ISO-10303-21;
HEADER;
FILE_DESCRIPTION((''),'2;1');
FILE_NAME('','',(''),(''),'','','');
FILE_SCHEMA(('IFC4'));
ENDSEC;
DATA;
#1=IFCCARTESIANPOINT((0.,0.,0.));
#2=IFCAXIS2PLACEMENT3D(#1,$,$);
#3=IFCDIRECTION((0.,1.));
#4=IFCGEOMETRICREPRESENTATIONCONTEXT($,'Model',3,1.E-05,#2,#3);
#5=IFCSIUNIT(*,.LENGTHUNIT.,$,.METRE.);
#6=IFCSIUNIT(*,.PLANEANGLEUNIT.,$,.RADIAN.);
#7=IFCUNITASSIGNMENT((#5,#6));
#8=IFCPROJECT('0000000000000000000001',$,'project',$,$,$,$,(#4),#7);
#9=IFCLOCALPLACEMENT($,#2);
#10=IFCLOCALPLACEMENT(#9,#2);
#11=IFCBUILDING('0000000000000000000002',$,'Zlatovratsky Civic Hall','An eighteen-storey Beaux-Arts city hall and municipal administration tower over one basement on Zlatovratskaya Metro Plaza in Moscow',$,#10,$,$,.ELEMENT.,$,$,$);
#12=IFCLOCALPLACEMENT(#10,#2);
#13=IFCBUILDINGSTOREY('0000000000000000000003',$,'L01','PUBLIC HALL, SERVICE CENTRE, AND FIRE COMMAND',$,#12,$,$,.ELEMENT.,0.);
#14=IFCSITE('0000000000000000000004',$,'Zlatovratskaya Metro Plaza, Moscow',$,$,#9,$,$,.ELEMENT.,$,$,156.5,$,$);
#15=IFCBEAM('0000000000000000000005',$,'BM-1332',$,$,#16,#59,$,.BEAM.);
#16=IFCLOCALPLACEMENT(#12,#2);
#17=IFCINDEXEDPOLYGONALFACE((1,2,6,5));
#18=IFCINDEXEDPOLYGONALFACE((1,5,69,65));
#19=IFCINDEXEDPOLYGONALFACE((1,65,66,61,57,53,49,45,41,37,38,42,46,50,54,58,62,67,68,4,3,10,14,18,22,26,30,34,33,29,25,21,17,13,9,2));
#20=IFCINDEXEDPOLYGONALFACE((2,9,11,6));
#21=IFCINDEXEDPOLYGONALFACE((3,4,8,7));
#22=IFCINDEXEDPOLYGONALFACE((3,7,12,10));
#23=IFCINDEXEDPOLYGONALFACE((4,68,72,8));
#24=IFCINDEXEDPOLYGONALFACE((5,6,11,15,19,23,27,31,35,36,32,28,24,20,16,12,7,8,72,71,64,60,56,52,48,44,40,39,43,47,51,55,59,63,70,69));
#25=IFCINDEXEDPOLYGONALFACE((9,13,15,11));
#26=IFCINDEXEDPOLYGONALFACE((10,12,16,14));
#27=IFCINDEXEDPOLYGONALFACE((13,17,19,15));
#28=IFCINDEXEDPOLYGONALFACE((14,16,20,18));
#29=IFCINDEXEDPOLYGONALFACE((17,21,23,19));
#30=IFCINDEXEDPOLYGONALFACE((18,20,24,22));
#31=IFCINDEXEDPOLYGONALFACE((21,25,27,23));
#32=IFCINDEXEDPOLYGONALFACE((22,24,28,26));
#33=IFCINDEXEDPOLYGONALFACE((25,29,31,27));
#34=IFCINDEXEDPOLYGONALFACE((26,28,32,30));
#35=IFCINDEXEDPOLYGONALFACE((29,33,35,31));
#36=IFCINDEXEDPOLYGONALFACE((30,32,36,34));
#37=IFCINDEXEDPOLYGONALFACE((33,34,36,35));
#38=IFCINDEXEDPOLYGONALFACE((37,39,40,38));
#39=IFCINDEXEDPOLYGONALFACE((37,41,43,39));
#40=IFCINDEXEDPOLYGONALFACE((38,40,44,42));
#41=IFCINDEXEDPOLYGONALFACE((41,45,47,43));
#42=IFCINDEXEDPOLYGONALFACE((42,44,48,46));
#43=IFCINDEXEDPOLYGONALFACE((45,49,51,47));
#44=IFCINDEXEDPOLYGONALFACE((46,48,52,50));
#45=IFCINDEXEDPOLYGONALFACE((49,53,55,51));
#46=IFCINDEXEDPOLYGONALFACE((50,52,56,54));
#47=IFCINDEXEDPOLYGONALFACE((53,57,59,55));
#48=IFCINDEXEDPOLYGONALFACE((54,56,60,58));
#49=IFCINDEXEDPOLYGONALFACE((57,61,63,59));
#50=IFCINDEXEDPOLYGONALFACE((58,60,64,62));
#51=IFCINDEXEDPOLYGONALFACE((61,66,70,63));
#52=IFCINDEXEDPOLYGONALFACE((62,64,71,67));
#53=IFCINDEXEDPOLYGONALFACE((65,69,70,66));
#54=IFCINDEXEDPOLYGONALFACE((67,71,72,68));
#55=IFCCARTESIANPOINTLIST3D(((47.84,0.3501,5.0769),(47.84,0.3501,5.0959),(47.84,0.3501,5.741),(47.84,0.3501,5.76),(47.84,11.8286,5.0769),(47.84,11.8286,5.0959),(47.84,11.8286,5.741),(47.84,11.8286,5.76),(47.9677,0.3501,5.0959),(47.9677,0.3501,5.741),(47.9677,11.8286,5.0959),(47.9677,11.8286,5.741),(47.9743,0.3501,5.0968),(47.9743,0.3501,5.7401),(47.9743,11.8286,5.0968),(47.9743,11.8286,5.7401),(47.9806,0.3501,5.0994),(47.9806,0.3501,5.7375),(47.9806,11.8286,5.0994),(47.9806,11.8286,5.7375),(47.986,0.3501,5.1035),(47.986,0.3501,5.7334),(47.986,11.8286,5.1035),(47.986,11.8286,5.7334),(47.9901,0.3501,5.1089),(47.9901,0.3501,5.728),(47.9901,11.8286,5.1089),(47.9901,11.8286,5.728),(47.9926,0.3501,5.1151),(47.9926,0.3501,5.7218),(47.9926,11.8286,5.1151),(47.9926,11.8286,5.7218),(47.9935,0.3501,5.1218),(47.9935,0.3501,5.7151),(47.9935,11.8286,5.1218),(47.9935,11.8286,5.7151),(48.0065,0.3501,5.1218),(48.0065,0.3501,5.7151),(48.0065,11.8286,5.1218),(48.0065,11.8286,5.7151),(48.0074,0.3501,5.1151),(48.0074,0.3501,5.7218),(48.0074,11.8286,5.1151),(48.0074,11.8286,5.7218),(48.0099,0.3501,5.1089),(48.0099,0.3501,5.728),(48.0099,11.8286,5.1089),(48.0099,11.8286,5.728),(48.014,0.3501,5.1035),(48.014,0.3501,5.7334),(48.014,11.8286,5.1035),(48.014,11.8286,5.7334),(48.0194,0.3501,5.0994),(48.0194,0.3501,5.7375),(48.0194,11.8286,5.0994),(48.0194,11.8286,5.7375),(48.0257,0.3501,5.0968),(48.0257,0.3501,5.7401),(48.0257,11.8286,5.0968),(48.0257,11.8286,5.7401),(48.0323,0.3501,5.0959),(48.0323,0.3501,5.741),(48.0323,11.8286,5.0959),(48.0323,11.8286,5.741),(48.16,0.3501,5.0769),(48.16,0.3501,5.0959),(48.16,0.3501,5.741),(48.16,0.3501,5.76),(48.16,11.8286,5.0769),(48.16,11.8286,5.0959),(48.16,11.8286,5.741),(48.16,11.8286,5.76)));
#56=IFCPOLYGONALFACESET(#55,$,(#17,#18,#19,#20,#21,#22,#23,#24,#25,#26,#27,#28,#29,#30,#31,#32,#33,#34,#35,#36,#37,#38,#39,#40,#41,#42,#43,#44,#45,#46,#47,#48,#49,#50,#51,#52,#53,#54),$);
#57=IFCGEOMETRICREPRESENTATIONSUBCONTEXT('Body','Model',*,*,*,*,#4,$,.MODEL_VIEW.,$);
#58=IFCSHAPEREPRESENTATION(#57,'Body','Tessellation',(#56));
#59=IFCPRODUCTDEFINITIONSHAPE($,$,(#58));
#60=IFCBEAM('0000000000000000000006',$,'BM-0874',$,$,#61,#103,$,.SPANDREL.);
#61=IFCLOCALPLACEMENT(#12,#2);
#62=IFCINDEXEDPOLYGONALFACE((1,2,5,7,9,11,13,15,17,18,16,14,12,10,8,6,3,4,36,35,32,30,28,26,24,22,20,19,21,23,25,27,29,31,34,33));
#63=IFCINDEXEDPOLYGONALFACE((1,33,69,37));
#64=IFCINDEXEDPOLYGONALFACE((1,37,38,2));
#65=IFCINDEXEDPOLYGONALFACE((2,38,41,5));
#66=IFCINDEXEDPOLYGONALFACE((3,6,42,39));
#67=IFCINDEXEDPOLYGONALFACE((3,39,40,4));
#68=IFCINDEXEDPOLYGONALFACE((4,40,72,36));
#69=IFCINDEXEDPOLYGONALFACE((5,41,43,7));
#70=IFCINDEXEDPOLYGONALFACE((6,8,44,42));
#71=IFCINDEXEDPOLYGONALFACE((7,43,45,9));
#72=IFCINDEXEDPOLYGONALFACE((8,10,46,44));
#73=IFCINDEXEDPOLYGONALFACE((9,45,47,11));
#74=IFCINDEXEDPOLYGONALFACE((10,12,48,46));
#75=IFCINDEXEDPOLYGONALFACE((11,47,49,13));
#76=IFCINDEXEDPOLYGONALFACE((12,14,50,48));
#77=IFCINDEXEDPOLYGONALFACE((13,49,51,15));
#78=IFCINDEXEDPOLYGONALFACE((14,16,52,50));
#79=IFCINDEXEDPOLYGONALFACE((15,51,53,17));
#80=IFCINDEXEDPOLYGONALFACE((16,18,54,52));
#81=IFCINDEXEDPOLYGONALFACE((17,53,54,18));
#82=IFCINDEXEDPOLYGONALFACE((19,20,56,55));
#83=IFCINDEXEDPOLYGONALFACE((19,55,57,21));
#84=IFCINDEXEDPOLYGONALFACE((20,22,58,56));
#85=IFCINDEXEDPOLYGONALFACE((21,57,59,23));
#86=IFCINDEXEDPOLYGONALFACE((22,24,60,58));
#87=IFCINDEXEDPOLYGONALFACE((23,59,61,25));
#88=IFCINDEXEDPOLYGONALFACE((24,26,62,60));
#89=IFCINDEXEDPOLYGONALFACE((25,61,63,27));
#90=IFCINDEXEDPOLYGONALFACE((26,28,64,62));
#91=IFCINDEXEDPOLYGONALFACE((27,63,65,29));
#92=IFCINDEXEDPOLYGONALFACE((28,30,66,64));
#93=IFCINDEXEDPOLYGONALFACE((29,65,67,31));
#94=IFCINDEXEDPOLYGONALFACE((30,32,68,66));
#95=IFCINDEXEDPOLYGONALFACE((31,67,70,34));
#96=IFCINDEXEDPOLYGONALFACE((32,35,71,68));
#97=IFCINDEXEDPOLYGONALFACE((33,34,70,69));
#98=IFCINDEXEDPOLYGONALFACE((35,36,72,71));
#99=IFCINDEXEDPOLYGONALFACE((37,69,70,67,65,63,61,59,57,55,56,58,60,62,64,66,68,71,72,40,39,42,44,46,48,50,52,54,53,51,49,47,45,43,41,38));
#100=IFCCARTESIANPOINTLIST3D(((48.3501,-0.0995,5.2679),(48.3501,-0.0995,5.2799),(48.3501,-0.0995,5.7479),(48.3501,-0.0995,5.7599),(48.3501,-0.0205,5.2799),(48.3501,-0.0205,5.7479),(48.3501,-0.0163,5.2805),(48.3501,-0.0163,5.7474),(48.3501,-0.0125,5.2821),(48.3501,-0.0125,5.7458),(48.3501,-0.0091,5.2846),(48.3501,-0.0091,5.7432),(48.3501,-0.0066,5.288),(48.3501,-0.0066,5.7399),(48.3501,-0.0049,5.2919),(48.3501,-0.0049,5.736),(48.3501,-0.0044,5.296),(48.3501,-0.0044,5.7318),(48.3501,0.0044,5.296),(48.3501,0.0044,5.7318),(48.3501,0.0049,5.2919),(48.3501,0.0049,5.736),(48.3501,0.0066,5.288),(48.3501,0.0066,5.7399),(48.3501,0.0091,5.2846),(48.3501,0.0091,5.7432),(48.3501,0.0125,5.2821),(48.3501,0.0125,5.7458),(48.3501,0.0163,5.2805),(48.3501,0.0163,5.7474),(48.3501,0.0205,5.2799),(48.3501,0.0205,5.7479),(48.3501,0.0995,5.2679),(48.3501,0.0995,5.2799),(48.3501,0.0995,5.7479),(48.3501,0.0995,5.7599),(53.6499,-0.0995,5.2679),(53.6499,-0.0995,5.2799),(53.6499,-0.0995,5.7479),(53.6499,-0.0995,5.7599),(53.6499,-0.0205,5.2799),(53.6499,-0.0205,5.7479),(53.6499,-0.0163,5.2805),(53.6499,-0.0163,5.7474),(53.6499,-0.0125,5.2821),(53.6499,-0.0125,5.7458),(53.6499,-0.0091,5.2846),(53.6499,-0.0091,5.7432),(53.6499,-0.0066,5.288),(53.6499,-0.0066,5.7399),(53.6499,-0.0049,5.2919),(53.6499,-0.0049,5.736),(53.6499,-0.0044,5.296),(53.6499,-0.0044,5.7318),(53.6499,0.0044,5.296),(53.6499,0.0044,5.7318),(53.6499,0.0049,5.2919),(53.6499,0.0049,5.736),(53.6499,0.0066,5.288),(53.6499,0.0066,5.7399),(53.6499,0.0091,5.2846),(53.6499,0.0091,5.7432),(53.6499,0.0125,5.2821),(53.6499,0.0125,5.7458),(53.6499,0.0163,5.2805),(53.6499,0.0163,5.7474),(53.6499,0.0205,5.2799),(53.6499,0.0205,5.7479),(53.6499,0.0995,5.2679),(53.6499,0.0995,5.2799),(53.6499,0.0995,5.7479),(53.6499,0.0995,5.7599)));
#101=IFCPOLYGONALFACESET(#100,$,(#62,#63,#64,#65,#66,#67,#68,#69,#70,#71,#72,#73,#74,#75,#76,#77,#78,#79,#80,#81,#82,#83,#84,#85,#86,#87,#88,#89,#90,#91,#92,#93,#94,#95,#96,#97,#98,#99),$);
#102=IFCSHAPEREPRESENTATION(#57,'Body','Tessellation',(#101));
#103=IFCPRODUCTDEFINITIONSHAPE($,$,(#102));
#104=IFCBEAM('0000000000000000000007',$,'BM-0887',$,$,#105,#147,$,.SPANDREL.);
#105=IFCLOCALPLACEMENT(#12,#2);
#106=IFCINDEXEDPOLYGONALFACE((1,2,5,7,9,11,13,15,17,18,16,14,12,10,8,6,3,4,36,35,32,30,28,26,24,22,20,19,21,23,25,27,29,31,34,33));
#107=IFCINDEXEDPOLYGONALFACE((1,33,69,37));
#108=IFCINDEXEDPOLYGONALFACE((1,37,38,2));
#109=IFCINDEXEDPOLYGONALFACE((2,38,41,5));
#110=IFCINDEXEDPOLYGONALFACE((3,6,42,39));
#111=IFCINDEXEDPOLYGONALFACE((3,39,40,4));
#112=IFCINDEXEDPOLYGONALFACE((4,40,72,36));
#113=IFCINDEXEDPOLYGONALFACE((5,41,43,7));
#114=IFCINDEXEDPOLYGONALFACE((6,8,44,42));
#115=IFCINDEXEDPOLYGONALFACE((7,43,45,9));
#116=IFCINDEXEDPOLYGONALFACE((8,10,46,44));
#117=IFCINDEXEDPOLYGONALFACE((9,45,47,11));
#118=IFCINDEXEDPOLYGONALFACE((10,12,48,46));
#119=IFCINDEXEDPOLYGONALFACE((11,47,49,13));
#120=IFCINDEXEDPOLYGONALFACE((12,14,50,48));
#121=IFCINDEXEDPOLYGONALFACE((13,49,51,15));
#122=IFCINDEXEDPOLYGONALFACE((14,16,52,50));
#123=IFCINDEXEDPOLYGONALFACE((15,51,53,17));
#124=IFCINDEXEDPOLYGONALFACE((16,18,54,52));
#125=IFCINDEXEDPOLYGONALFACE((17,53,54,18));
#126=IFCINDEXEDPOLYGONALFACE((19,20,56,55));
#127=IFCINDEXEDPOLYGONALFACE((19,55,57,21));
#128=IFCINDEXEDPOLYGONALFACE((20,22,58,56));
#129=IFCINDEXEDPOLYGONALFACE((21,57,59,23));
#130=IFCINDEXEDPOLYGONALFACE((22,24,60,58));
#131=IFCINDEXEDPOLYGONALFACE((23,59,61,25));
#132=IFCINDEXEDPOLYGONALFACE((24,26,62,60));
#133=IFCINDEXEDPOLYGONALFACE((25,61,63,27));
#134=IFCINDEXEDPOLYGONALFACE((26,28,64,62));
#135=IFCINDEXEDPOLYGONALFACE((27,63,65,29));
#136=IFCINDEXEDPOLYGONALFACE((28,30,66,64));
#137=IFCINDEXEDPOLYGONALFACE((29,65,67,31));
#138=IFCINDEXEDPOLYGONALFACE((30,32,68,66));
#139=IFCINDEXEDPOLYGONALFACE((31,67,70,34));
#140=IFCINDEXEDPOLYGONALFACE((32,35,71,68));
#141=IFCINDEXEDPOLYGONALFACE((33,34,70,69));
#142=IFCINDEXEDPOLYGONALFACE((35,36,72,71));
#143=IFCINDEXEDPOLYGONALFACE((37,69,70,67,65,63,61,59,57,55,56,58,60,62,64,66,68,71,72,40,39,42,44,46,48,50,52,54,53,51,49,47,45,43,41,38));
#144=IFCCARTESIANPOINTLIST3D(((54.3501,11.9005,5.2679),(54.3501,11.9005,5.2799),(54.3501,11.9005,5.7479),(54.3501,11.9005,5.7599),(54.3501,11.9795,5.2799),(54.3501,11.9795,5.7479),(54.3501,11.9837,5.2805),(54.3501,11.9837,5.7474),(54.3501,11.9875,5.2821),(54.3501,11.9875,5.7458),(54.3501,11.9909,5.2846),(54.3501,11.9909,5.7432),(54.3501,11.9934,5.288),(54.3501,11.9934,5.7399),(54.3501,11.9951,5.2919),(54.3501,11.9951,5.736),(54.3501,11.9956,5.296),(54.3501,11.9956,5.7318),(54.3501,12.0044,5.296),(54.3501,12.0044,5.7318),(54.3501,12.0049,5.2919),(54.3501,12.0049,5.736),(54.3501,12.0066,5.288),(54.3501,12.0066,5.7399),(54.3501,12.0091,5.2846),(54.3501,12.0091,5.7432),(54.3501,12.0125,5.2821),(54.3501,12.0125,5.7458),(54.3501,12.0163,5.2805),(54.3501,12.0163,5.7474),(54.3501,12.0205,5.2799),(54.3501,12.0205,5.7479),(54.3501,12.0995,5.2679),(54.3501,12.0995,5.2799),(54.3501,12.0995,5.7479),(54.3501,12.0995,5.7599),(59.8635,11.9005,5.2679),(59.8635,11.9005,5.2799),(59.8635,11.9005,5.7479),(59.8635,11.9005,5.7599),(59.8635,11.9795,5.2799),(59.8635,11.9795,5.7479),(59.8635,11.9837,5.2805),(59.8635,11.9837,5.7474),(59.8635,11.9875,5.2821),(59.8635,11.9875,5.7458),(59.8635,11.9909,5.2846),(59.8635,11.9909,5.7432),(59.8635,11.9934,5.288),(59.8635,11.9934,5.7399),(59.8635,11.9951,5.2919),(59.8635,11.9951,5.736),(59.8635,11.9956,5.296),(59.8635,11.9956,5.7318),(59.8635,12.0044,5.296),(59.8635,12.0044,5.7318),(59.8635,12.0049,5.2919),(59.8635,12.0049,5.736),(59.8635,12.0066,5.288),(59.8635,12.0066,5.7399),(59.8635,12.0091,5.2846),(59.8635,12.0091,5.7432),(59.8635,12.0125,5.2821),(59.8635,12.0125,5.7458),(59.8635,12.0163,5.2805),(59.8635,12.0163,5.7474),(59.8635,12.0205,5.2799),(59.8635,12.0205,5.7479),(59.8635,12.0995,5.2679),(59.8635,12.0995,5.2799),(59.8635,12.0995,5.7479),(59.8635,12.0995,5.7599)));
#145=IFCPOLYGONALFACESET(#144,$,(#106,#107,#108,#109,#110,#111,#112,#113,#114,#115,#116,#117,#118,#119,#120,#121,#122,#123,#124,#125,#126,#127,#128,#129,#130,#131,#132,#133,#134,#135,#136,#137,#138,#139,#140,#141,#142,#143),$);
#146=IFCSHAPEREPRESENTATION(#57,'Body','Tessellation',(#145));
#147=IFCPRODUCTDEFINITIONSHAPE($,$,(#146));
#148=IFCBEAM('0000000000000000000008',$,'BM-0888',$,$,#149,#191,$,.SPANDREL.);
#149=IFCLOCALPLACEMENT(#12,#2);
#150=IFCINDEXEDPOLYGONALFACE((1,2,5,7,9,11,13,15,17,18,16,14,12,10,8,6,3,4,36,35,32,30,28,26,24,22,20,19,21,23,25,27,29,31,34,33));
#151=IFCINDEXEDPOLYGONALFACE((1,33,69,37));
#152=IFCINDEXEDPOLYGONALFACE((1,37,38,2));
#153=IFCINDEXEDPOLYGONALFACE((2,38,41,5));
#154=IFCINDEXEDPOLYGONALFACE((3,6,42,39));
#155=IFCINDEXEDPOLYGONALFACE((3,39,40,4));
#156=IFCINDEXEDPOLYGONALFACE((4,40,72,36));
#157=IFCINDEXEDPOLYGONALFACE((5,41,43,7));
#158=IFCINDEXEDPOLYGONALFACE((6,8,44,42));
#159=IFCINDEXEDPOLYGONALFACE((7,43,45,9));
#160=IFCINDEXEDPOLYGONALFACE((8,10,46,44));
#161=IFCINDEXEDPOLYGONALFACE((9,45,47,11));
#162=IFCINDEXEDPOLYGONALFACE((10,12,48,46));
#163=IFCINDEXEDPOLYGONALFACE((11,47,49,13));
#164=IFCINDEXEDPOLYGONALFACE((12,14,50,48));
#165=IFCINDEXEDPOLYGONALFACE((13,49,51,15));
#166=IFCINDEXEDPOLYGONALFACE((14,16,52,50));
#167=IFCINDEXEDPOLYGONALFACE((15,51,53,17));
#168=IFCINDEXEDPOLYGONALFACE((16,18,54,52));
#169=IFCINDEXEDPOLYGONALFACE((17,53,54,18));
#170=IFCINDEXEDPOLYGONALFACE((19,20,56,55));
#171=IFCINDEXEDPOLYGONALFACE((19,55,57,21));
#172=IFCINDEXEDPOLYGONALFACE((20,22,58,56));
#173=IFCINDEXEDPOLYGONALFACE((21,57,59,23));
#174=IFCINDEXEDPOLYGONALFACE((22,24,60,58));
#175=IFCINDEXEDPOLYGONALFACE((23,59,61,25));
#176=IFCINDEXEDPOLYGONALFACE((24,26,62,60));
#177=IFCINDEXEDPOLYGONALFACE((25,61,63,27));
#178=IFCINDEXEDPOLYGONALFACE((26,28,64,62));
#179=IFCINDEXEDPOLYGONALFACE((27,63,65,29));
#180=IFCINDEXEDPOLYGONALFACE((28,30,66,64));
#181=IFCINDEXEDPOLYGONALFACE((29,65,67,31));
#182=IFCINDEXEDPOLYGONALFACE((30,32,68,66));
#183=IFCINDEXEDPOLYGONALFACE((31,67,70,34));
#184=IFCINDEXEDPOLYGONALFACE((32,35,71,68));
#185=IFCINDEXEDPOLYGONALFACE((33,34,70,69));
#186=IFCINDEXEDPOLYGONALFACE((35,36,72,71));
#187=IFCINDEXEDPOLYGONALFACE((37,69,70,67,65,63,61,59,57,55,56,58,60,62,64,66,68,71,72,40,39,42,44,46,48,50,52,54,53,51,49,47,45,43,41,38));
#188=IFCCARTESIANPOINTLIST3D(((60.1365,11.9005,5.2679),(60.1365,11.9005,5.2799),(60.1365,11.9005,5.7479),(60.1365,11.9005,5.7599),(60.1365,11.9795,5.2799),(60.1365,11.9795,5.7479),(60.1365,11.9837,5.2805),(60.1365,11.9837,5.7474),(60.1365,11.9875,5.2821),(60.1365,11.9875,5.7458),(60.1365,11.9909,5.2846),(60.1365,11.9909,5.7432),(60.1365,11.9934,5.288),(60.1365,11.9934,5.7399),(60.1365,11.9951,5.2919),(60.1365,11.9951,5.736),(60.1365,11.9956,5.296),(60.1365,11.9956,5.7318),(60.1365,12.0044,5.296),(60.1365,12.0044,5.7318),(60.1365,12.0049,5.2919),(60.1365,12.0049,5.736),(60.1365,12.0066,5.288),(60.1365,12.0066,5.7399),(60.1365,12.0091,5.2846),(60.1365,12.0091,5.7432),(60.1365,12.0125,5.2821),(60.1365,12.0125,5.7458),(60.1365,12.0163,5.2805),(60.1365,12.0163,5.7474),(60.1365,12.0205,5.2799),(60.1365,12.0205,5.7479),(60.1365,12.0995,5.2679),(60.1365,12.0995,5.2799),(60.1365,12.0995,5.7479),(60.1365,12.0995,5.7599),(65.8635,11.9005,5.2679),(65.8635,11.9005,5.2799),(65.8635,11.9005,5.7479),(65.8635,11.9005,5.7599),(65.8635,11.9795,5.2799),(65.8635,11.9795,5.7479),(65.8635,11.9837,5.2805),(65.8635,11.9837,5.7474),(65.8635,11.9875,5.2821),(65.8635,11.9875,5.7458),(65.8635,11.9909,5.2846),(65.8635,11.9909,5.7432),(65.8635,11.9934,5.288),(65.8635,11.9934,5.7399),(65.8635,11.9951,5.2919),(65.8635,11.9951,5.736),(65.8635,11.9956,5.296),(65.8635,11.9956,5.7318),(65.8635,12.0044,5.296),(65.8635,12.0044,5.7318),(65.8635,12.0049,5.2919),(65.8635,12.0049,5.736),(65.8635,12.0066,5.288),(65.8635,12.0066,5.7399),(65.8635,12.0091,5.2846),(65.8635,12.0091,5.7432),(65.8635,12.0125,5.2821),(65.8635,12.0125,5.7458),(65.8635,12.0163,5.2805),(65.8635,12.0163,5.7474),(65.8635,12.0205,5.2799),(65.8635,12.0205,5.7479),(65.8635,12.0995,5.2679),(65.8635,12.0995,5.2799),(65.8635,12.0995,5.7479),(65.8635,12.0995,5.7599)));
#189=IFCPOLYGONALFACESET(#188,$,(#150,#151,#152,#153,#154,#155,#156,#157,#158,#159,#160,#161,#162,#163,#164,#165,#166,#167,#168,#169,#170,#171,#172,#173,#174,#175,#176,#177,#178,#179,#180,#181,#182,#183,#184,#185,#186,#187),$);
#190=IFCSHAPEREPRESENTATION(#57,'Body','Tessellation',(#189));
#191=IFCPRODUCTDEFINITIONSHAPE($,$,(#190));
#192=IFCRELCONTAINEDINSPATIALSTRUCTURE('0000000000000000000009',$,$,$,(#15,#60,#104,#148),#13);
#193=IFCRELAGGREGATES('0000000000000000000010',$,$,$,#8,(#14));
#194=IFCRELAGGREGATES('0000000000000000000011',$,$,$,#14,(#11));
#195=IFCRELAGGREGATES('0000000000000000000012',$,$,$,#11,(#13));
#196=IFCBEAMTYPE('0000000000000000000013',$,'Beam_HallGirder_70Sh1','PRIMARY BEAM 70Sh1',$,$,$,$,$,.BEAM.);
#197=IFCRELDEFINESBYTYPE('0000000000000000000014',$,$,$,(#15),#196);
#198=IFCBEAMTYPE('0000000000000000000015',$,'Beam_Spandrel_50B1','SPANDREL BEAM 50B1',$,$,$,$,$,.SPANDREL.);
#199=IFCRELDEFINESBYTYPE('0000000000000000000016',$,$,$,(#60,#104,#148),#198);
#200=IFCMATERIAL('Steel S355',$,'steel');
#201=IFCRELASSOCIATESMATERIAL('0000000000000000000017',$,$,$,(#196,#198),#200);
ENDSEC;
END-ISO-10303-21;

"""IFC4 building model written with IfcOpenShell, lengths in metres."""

from ifc_helpers import new_model, si_unit, direction, frame, origin, origin_2d, place, context, subcontext, project, spatial, i_section, extrude, material, material_profile, profile_set, type_object, element, save


model = new_model("IFC4")

# Units and contexts
model_context = context("Model", 3, precision=1e-05, world=origin(), true_north=direction((0.0, 1.0)))
body_context = subcontext(model_context, "Body", "Model", "MODEL_VIEW")
ifc_project = project(units=[si_unit("LENGTHUNIT", "METRE"), si_unit("PLANEANGLEUNIT", "RADIAN")], contexts=[model_context])

# Site, building, storey
site_placement = place(None, origin())
site = spatial("IfcSite", under=ifc_project, at=site_placement, Name="Zlatovratskaya Metro Plaza, Moscow", CompositionType="ELEMENT", RefElevation=156.5)
building_placement = place(site_placement, origin())
building = spatial("IfcBuilding", under=site, at=building_placement, Name="Zlatovratsky Civic Hall", Description="An eighteen-storey Beaux-Arts city hall and municipal administration tower over one basement on Zlatovratskaya Metro Plaza in Moscow", CompositionType="ELEMENT")
storey_placement = place(building_placement, origin())
storey = spatial("IfcBuildingStorey", under=building, at=storey_placement, Name="L01", Description="PUBLIC HALL, SERVICE CENTRE, AND FIRE COMMAND", CompositionType="ELEMENT", Elevation=0.0)

# Shared definitions
ifc_material_1 = material(Name="Steel S355", Category="steel")

# Beams
ifc_material_profile_1 = material_profile(ifc_material_1, i_section(OverallWidth=0.3201, OverallDepth=0.6831, WebThickness=0.0129, FlangeThickness=0.019, FilletRadius=0.0259, at=origin_2d()), Name="70Sh1")
ifc_profile_set_1 = profile_set([ifc_material_profile_1], Name="Steel S355")
beam_type_1 = type_object("IfcBeamType", Name="Beam_HallGirder_70Sh1", Description="PRIMARY BEAM 70Sh1", PredefinedType="BEAM", material=ifc_profile_set_1)
beam_1_placement = place(storey_placement, frame((48.0, 0.3501, 5.4185), z_axis=(0.0, 1.0, 0.0), x_axis=(-1.0, 0.0, 0.0)))
element("IfcBeam", 1, at=beam_1_placement, inside=storey, type_object=beam_type_1, Name="BM-1332", PredefinedType="BEAM", context=body_context, shape_type="SweptSolid", body=[
    extrude(i_section(OverallWidth=0.3201, OverallDepth=0.6831, WebThickness=0.0129, FlangeThickness=0.019, FilletRadius=0.0259, at=origin_2d()), origin(), (0.0, 0.0, 1.0), 11.4785),
])
ifc_material_profile_2 = material_profile(ifc_material_1, i_section(OverallWidth=0.199, OverallDepth=0.4919, WebThickness=0.0088, FlangeThickness=0.012, FilletRadius=0.0161, at=origin_2d()), Name="50B1")
ifc_profile_set_2 = profile_set([ifc_material_profile_2], Name="Steel S355")
beam_type_2 = type_object("IfcBeamType", Name="Beam_Spandrel_50B1", Description="SPANDREL BEAM 50B1", PredefinedType="SPANDREL", material=ifc_profile_set_2)
beam_2_placement = place(storey_placement, frame((48.3501, 0.0, 5.5139), z_axis=(1.0, 0.0, 0.0), x_axis=(0.0, 1.0, 0.0)))
element("IfcBeam", 2, at=beam_2_placement, inside=storey, type_object=beam_type_2, Name="BM-0874", PredefinedType="SPANDREL", context=body_context, shape_type="SweptSolid", body=[
    extrude(i_section(OverallWidth=0.199, OverallDepth=0.4919, WebThickness=0.0088, FlangeThickness=0.012, FilletRadius=0.0161, at=origin_2d()), origin(), (0.0, 0.0, 1.0), 5.2998),
])
beam_3_placement = place(storey_placement, frame((54.3501, 12.0, 5.5139), z_axis=(1.0, 0.0, 0.0), x_axis=(0.0, 1.0, 0.0)))
element("IfcBeam", 3, at=beam_3_placement, inside=storey, type_object=beam_type_2, Name="BM-0887", PredefinedType="SPANDREL", context=body_context, shape_type="SweptSolid", body=[
    extrude(i_section(OverallWidth=0.199, OverallDepth=0.4919, WebThickness=0.0088, FlangeThickness=0.012, FilletRadius=0.0161, at=origin_2d()), origin(), (0.0, 0.0, 1.0), 5.5134),
])
beam_4_placement = place(storey_placement, frame((60.1365, 12.0, 5.5139), z_axis=(1.0, 0.0, 0.0), x_axis=(0.0, 1.0, 0.0)))
element("IfcBeam", 4, at=beam_4_placement, inside=storey, type_object=beam_type_2, Name="BM-0888", PredefinedType="SPANDREL", context=body_context, shape_type="SweptSolid", body=[
    extrude(i_section(OverallWidth=0.199, OverallDepth=0.4919, WebThickness=0.0088, FlangeThickness=0.012, FilletRadius=0.0161, at=origin_2d()), origin(), (0.0, 0.0, 1.0), 5.7271),
])

save(model, "model.ifc")
